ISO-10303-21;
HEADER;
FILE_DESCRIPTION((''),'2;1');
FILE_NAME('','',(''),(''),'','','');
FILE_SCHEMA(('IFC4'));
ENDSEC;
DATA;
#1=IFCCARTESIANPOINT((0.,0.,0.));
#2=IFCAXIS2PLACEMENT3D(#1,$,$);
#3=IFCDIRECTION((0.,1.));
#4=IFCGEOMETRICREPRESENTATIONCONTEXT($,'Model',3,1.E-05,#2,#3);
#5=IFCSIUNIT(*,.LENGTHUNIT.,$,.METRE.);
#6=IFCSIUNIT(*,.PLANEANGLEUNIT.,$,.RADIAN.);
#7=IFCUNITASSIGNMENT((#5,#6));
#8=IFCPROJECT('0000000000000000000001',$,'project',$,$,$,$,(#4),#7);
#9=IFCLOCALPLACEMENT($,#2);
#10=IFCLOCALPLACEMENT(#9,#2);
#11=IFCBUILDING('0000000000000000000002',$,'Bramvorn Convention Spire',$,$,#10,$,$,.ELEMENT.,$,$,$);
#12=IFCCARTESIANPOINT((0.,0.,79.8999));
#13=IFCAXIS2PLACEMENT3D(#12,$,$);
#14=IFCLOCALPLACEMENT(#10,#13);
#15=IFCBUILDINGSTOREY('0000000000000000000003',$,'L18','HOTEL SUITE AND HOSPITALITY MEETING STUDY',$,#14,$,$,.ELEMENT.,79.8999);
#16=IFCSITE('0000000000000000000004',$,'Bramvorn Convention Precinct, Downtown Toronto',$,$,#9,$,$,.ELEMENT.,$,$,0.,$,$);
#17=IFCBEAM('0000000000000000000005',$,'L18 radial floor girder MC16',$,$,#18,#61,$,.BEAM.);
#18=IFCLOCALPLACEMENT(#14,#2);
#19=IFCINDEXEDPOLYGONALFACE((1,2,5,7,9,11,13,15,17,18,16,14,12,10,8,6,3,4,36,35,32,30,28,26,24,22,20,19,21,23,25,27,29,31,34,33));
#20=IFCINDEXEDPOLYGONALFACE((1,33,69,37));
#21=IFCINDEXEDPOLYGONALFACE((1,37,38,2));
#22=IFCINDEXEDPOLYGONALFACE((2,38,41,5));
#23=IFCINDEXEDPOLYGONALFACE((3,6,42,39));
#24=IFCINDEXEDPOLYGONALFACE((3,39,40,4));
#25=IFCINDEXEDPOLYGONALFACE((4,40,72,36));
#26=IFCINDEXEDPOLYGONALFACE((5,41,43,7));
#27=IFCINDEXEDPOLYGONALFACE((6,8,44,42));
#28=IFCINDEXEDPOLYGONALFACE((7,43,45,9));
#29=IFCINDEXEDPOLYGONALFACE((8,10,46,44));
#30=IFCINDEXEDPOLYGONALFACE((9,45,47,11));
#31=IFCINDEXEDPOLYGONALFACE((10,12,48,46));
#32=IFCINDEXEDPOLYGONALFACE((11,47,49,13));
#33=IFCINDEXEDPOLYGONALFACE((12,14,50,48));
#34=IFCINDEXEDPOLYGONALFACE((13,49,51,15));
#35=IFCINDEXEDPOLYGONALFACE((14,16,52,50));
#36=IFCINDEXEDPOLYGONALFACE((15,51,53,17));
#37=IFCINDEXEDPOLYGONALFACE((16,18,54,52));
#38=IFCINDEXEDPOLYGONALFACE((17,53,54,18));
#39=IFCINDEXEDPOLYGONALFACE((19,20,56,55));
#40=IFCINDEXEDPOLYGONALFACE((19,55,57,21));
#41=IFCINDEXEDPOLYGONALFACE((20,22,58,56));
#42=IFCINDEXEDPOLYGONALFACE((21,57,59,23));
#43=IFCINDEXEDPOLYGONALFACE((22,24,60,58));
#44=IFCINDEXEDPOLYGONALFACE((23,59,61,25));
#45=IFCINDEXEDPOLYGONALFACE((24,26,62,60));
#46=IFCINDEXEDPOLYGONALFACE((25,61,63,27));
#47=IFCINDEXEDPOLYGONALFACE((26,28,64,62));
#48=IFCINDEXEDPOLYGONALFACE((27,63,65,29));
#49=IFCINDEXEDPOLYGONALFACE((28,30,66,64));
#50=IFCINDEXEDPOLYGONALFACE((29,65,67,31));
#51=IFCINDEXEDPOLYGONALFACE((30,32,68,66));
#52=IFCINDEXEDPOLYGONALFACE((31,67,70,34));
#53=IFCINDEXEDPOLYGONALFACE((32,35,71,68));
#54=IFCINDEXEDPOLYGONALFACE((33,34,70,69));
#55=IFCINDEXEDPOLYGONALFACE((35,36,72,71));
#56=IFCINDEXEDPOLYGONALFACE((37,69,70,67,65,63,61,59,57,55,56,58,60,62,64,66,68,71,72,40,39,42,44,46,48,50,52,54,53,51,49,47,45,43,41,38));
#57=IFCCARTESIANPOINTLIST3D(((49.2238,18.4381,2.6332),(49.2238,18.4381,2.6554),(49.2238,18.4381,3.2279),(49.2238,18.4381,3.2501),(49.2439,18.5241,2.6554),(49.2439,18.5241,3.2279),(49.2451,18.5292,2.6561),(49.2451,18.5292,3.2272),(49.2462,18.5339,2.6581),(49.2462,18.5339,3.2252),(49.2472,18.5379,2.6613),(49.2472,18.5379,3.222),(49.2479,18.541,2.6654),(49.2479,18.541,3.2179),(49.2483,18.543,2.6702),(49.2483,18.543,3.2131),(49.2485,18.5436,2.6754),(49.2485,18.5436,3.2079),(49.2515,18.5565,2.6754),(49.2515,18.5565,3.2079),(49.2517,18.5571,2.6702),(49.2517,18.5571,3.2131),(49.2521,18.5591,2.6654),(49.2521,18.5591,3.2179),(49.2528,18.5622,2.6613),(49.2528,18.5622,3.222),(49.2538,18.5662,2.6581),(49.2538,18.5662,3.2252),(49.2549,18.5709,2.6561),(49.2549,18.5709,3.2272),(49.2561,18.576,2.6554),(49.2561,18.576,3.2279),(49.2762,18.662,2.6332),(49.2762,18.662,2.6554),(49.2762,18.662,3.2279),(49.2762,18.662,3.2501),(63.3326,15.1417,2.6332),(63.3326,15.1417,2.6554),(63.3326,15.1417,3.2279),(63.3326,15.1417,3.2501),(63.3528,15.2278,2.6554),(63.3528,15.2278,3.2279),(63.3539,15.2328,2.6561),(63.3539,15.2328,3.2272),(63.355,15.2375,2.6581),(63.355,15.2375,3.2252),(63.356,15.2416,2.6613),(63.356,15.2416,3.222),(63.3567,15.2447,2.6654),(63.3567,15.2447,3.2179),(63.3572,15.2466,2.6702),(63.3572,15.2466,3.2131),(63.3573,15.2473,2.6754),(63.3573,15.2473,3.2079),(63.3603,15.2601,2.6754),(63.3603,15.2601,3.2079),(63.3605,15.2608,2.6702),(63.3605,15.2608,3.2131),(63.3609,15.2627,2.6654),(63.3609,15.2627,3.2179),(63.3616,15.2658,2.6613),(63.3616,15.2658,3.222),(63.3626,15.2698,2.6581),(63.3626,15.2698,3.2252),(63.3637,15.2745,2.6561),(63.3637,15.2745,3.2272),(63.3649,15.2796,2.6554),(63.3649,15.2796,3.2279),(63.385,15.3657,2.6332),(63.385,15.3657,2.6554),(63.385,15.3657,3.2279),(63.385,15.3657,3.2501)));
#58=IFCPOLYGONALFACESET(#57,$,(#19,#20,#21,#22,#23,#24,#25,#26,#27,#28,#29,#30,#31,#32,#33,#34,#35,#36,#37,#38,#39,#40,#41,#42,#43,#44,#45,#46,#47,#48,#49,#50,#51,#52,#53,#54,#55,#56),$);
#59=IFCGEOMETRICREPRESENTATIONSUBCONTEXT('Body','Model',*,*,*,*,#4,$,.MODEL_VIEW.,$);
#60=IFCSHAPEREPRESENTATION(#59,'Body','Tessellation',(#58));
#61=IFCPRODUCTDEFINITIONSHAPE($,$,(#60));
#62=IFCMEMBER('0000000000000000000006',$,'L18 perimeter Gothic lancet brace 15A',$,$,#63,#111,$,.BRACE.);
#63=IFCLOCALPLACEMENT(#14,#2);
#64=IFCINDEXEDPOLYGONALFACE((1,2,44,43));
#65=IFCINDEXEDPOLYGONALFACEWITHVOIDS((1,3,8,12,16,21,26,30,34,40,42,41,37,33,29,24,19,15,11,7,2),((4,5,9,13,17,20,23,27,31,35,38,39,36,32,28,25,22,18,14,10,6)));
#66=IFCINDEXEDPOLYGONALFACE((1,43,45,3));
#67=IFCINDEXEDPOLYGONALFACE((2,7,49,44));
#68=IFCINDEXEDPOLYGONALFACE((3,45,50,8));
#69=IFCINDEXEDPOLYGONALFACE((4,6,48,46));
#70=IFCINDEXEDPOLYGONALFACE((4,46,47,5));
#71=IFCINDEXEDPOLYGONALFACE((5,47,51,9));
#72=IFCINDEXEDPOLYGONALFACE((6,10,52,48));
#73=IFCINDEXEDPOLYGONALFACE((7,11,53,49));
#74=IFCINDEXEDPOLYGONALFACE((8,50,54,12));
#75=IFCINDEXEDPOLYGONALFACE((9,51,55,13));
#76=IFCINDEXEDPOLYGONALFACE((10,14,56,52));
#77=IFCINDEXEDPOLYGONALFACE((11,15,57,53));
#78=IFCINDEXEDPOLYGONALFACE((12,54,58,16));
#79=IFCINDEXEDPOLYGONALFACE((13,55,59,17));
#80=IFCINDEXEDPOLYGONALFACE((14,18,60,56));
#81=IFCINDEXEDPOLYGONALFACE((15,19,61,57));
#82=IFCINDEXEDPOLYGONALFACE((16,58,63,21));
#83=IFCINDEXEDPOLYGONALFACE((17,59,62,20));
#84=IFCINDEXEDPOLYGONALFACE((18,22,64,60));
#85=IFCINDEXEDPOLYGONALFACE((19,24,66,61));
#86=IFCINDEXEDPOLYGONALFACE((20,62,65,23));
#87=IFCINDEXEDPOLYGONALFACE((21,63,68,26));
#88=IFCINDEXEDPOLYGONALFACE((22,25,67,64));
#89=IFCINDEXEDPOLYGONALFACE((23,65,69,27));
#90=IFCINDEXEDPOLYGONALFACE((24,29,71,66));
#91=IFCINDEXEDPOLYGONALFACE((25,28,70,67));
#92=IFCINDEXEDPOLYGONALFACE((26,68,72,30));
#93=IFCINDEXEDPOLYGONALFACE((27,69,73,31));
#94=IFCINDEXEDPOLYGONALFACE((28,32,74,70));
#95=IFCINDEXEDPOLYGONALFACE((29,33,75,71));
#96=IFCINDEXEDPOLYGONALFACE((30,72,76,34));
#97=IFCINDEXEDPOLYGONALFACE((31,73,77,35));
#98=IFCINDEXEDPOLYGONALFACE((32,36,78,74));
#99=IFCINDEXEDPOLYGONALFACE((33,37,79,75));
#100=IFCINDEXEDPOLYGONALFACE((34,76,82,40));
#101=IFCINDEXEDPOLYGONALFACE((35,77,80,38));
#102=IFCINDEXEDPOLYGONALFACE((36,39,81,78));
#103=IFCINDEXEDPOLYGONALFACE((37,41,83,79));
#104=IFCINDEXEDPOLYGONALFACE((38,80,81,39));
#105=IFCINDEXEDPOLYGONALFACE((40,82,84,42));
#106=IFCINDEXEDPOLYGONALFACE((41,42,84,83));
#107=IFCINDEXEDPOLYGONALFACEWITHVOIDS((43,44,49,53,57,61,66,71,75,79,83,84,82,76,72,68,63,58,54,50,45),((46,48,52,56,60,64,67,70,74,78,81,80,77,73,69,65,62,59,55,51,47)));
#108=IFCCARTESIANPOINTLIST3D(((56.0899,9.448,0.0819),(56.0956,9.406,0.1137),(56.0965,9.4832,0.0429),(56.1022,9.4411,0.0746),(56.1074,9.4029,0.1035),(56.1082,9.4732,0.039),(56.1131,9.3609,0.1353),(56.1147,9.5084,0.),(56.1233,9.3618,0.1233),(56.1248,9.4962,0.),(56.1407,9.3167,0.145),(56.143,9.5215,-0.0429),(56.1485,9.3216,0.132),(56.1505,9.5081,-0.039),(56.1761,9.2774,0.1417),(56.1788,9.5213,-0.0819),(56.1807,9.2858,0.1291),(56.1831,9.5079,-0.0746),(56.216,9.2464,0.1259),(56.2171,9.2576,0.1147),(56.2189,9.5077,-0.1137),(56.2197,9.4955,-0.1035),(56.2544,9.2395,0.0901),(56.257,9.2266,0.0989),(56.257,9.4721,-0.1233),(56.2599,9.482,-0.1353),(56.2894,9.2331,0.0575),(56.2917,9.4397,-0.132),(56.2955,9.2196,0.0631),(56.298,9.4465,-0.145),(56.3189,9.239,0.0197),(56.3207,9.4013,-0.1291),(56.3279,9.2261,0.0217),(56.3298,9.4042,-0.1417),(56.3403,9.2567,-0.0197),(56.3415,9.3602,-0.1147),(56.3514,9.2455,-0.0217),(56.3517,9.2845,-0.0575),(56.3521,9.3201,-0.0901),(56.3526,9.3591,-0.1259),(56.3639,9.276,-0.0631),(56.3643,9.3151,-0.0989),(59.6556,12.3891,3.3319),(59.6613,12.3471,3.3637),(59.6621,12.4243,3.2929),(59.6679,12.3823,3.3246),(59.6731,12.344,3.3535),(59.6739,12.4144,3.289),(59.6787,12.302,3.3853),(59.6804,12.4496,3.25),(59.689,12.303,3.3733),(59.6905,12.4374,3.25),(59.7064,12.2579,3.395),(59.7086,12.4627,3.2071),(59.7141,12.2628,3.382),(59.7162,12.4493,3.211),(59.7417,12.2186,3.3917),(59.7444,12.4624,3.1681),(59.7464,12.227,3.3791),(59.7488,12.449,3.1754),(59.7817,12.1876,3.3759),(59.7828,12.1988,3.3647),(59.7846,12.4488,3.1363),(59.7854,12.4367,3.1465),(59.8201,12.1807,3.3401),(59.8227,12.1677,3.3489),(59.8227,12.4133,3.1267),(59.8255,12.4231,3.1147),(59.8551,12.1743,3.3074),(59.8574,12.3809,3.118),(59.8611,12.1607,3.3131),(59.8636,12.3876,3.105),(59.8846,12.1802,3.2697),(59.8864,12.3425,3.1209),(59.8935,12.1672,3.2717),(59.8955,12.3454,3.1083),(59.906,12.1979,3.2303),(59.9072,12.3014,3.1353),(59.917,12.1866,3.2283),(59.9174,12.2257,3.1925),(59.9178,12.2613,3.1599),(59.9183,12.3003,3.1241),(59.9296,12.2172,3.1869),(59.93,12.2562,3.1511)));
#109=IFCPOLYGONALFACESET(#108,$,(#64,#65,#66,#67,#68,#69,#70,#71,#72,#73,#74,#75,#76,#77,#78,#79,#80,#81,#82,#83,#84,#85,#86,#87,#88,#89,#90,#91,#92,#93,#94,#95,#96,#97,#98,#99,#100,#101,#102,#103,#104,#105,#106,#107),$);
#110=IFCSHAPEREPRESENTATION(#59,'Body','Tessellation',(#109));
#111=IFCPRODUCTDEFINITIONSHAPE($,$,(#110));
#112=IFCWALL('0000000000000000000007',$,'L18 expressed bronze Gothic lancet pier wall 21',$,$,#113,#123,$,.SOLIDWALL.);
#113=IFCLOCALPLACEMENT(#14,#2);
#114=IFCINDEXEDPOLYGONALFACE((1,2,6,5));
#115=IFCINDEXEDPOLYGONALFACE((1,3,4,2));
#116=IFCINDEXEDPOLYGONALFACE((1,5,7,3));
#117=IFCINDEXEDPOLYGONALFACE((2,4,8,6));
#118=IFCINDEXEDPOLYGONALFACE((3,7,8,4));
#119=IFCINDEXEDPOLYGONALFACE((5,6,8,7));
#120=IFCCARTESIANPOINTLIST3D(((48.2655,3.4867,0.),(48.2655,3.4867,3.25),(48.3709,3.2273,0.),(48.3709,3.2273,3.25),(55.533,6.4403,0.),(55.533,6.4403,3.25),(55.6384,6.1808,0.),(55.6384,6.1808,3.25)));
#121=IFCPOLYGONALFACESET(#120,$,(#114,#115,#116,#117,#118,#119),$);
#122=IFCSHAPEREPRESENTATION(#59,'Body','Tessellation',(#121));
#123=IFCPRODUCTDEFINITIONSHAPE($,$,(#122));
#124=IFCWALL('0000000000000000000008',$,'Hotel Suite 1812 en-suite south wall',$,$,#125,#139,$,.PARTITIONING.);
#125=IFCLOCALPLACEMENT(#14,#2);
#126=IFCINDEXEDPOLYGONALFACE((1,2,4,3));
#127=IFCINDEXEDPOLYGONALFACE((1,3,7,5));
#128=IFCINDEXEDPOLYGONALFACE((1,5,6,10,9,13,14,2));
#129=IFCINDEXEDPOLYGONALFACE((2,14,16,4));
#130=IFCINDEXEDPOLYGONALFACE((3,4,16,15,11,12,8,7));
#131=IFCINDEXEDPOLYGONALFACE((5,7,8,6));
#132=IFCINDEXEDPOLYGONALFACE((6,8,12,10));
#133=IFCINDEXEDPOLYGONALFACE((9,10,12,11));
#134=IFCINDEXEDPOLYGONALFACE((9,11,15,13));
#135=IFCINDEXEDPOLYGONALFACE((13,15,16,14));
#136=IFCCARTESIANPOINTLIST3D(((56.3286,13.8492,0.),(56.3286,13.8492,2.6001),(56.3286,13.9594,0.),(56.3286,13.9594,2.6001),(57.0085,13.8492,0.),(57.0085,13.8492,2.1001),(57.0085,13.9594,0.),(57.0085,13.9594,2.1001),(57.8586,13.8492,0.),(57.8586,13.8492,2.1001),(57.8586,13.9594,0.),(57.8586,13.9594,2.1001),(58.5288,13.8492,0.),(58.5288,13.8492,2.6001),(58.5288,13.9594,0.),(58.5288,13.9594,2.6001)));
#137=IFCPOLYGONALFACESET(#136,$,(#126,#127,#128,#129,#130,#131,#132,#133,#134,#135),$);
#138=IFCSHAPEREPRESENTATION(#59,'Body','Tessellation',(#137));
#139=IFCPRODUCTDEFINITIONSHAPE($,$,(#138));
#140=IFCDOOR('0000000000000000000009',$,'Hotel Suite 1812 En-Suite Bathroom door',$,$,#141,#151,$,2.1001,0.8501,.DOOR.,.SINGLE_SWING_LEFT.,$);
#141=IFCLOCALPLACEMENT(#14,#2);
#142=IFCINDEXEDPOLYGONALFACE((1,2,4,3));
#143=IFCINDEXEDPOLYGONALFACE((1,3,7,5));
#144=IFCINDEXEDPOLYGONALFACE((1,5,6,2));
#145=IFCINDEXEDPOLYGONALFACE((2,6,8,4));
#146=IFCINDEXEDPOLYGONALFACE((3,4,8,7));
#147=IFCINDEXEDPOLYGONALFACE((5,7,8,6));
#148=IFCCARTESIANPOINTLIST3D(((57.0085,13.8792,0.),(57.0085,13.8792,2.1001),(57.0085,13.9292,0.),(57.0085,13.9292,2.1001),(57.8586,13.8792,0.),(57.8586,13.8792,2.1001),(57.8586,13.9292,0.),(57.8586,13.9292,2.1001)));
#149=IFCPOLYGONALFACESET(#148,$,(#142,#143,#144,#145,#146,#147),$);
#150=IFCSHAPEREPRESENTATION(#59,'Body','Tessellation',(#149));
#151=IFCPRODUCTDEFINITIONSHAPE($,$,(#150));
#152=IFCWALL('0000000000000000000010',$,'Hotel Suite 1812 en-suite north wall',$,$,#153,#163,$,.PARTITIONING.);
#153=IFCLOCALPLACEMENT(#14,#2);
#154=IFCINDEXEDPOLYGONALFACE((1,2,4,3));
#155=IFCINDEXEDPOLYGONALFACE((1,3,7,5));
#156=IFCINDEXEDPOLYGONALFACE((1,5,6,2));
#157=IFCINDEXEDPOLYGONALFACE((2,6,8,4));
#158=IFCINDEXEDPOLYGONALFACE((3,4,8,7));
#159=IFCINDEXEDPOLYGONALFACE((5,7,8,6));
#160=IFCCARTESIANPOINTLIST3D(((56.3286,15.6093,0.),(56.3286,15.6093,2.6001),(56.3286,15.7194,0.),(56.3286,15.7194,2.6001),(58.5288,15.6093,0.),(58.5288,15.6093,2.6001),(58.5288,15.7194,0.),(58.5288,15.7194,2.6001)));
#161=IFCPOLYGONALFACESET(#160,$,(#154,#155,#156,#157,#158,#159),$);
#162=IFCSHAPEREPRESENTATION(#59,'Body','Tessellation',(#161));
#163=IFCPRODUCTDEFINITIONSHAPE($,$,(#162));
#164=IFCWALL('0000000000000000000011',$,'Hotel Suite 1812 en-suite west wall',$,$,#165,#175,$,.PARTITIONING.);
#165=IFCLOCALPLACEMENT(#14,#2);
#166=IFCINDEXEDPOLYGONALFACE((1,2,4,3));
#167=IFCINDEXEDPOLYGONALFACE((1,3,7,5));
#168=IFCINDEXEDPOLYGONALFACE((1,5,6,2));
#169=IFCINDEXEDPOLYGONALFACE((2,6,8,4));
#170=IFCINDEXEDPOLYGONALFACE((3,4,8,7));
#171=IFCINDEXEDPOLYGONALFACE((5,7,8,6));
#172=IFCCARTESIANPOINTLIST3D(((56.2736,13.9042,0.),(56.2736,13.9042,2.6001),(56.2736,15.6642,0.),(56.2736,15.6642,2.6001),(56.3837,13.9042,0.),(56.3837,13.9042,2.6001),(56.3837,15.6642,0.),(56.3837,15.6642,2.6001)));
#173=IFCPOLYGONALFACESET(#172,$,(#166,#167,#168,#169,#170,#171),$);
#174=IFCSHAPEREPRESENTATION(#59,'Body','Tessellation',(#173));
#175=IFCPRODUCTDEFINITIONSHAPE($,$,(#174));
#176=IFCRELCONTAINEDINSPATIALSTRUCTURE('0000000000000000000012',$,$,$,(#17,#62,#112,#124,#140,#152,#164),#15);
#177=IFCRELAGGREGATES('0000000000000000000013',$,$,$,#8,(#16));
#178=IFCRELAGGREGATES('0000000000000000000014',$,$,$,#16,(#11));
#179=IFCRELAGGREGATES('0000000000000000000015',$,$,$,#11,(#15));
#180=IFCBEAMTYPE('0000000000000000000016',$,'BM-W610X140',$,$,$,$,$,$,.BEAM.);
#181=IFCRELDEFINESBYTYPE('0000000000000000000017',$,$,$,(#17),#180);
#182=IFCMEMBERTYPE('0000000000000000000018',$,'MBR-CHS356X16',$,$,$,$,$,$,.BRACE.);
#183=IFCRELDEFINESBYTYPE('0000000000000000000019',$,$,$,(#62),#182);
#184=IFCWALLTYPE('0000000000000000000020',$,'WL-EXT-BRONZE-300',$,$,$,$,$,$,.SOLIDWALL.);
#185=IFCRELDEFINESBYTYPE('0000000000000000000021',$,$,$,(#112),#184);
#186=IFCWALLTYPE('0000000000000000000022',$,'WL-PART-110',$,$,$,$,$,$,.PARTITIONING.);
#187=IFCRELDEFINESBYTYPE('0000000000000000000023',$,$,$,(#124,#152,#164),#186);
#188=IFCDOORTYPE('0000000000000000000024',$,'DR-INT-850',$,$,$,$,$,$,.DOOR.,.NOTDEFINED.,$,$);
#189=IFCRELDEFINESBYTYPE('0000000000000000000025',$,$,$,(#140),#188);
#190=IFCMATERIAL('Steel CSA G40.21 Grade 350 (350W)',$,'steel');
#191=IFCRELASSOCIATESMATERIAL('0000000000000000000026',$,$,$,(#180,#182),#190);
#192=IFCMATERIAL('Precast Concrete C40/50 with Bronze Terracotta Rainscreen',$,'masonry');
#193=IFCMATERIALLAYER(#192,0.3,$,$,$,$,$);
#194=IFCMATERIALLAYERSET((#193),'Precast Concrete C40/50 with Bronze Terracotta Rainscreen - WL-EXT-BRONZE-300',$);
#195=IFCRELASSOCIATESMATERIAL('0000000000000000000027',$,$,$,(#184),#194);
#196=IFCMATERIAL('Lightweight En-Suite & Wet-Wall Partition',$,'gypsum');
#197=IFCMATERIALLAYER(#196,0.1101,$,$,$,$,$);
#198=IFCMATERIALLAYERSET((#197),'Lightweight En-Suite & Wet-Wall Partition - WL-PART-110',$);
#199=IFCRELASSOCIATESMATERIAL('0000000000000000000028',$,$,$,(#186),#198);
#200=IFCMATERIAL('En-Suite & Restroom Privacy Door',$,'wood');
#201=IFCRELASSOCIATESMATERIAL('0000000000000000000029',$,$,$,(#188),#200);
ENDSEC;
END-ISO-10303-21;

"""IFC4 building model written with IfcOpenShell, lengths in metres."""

from ifc_helpers import new_model, si_unit, direction, frame, frame_2d, origin, origin_2d, place, context, subcontext, project, spatial, rectangle, hollow_circle, i_section, extrude, material, layer, layer_set, material_profile, profile_set, type_object, element, fill, save


model = new_model("IFC4")

# Units and contexts
model_context = context("Model", 3, precision=1e-05, world=origin(), true_north=direction((0.0, 1.0)))
body_context = subcontext(model_context, "Body", "Model", "MODEL_VIEW")
ifc_project = project(units=[si_unit("LENGTHUNIT", "METRE"), si_unit("PLANEANGLEUNIT", "RADIAN")], contexts=[model_context])

# Site, building, storey
site_placement = place(None, origin())
site = spatial("IfcSite", under=ifc_project, at=site_placement, Name="Bramvorn Convention Precinct, Downtown Toronto", CompositionType="ELEMENT", RefElevation=0.0)
building_placement = place(site_placement, origin())
building = spatial("IfcBuilding", under=site, at=building_placement, Name="Bramvorn Convention Spire", CompositionType="ELEMENT")
storey_placement = place(building_placement, frame((0.0, 0.0, 79.8999)))
storey = spatial("IfcBuildingStorey", under=building, at=storey_placement, Name="L18", Description="HOTEL SUITE AND HOSPITALITY MEETING STUDY", CompositionType="ELEMENT", Elevation=79.8999)

# Shared definitions
ifc_material_1 = material(Name="Steel CSA G40.21 Grade 350 (350W)", Category="steel")

# Beam
ifc_material_profile_1 = material_profile(ifc_material_1, i_section(OverallWidth=0.23, OverallDepth=0.6169, WebThickness=0.0132, FlangeThickness=0.0222, FilletRadius=0.02, at=origin_2d()))
ifc_profile_set_1 = profile_set([ifc_material_profile_1], Name="Steel CSA G40.21 Grade 350 (350W) - W610X140")
beam_type_1 = type_object("IfcBeamType", Name="BM-W610X140", PredefinedType="BEAM", material=ifc_profile_set_1)
beam_1_placement = place(storey_placement, frame((49.25, 18.55, 2.9417), z_axis=(0.973775, -0.227512, 0.0), x_axis=(0.227512, 0.973775, 0.0)))
element("IfcBeam", 1, at=beam_1_placement, inside=storey, type_object=beam_type_1, Name="L18 radial floor girder MC16", PredefinedType="BEAM", context=body_context, shape_type="SweptSolid", body=[
    extrude(i_section(OverallWidth=0.23, OverallDepth=0.6169, WebThickness=0.0132, FlangeThickness=0.0222, FilletRadius=0.02, at=origin_2d()), origin(), (0.0, 0.0, 1.0), 14.4888),
])

# Member
ifc_material_profile_2 = material_profile(ifc_material_1, hollow_circle(Radius=0.1777, WallThickness=0.0159, at=origin_2d()))
ifc_profile_set_2 = profile_set([ifc_material_profile_2], Name="Steel CSA G40.21 Grade 350 (350W) - CHS356X16")
member_type = type_object("IfcMemberType", Name="MBR-CHS356X16", PredefinedType="BRACE", material=ifc_profile_set_2)
member_placement = place(storey_placement, frame((56.2278, 9.3713, 0.0), z_axis=(0.631049, 0.520523, 0.575181), x_axis=(-0.636316, 0.771428, 0.0)))
element("IfcMember", 2, at=member_placement, inside=storey, type_object=member_type, Name="L18 perimeter Gothic lancet brace 15A", PredefinedType="BRACE", context=body_context, shape_type="SweptSolid", body=[
    extrude(hollow_circle(Radius=0.1777, WallThickness=0.0159, at=origin_2d()), origin(), (0.0, 0.0, 1.0), 5.6504),
])

# Wall
ifc_material_2 = material(Name="Precast Concrete C40/50 with Bronze Terracotta Rainscreen", Category="masonry")
ifc_layer_1 = layer(ifc_material_2, 0.3)
ifc_layer_set_1 = layer_set([ifc_layer_1], Name="Precast Concrete C40/50 with Bronze Terracotta Rainscreen - WL-EXT-BRONZE-300")
wall_type_1 = type_object("IfcWallType", Name="WL-EXT-BRONZE-300", PredefinedType="SOLIDWALL", material=ifc_layer_set_1)
wall_1_placement = place(storey_placement, frame((55.5857, 6.3105, 0.0), z_axis=(0.0, 0.0, 1.0), x_axis=(-0.926415, -0.376504, 0.0)))
element("IfcWall", 3, at=wall_1_placement, inside=storey, type_object=wall_type_1, Name="L18 expressed bronze Gothic lancet pier wall 21", PredefinedType="SOLIDWALL", context=body_context, shape_type="SweptSolid", body=[
    extrude(rectangle(XDim=7.8447, YDim=0.28, at=frame_2d((3.9224, 0.0))), origin(), (0.0, 0.0, 1.0), 3.25),
])

# Wall, opening, door
ifc_material_3 = material(Name="Lightweight En-Suite & Wet-Wall Partition", Category="gypsum")
ifc_layer_2 = layer(ifc_material_3, 0.1101)
ifc_layer_set_2 = layer_set([ifc_layer_2], Name="Lightweight En-Suite & Wet-Wall Partition - WL-PART-110")
wall_type_2 = type_object("IfcWallType", Name="WL-PART-110", PredefinedType="PARTITIONING", material=ifc_layer_set_2)
wall_2_placement = place(storey_placement, frame((56.3286, 13.9043, 0.0), z_axis=(0.0, 0.0, 1.0), x_axis=(1.0, 0.0, 0.0)))
wall_2 = element("IfcWall", 4, at=wall_2_placement, inside=storey, type_object=wall_type_2, Name="Hotel Suite 1812 en-suite south wall", PredefinedType="PARTITIONING", context=body_context, shape_type="SweptSolid", body=[
    extrude(rectangle(XDim=2.2002, YDim=0.1101, at=frame_2d((1.1001, 0.0))), origin(), (0.0, 0.0, 1.0), 2.6001),
])
opening_1_placement = place(wall_2_placement, frame((0.6799, 0.0, 0.0)))
opening_1 = element("IfcOpeningElement", 5, at=opening_1_placement, cuts=wall_2, PredefinedType="OPENING", context=body_context, shape_type="SweptSolid", body=[
    extrude(rectangle(XDim=0.8501, YDim=2.1001, at=frame_2d((0.425, 1.05))), frame((0.0, 0.0649, 0.0), z_axis=(0.0, -1.0, 0.0), x_axis=(1.0, 0.0, 0.0)), (0.0, 0.0, 1.0), 0.1301),
])
ifc_material_4 = material(Name="En-Suite & Restroom Privacy Door", Category="wood")
door_type_1 = type_object("IfcDoorType", Name="DR-INT-850", OperationType="NOTDEFINED", PredefinedType="DOOR", material=ifc_material_4)
door_1_placement = place(opening_1_placement, origin())
door_1 = element("IfcDoor", 6, at=door_1_placement, inside=storey, type_object=door_type_1, Name="Hotel Suite 1812 En-Suite Bathroom door", OperationType="SINGLE_SWING_LEFT", OverallHeight=2.1001, OverallWidth=0.8501, PredefinedType="DOOR", context=body_context, shape_type="SweptSolid", body=[
    extrude(rectangle(XDim=0.8501, YDim=2.1001, at=frame_2d((0.425, 1.05))), frame((0.0, 0.0249, 0.0), z_axis=(0.0, -1.0, 0.0), x_axis=(1.0, 0.0, 0.0)), (0.0, 0.0, 1.0), 0.05),
])
fill(opening_1, door_1)

# Walls
wall_3_placement = place(storey_placement, frame((56.3286, 15.6643, 0.0), z_axis=(0.0, 0.0, 1.0), x_axis=(1.0, 0.0, 0.0)))
element("IfcWall", 7, at=wall_3_placement, inside=storey, type_object=wall_type_2, Name="Hotel Suite 1812 en-suite north wall", PredefinedType="PARTITIONING", context=body_context, shape_type="SweptSolid", body=[
    extrude(rectangle(XDim=2.2002, YDim=0.1101, at=frame_2d((1.1001, 0.0))), origin(), (0.0, 0.0, 1.0), 2.6001),
])
wall_4_placement = place(storey_placement, frame((56.3286, 13.9043, 0.0), z_axis=(0.0, 0.0, 1.0), x_axis=(0.0, 1.0, 0.0)))
element("IfcWall", 8, at=wall_4_placement, inside=storey, type_object=wall_type_2, Name="Hotel Suite 1812 en-suite west wall", PredefinedType="PARTITIONING", context=body_context, shape_type="SweptSolid", body=[
    extrude(rectangle(XDim=1.76, YDim=0.1101, at=frame_2d((0.8799, 0.0))), origin(), (0.0, 0.0, 1.0), 2.6001),
])

save(model, "model.ifc")
